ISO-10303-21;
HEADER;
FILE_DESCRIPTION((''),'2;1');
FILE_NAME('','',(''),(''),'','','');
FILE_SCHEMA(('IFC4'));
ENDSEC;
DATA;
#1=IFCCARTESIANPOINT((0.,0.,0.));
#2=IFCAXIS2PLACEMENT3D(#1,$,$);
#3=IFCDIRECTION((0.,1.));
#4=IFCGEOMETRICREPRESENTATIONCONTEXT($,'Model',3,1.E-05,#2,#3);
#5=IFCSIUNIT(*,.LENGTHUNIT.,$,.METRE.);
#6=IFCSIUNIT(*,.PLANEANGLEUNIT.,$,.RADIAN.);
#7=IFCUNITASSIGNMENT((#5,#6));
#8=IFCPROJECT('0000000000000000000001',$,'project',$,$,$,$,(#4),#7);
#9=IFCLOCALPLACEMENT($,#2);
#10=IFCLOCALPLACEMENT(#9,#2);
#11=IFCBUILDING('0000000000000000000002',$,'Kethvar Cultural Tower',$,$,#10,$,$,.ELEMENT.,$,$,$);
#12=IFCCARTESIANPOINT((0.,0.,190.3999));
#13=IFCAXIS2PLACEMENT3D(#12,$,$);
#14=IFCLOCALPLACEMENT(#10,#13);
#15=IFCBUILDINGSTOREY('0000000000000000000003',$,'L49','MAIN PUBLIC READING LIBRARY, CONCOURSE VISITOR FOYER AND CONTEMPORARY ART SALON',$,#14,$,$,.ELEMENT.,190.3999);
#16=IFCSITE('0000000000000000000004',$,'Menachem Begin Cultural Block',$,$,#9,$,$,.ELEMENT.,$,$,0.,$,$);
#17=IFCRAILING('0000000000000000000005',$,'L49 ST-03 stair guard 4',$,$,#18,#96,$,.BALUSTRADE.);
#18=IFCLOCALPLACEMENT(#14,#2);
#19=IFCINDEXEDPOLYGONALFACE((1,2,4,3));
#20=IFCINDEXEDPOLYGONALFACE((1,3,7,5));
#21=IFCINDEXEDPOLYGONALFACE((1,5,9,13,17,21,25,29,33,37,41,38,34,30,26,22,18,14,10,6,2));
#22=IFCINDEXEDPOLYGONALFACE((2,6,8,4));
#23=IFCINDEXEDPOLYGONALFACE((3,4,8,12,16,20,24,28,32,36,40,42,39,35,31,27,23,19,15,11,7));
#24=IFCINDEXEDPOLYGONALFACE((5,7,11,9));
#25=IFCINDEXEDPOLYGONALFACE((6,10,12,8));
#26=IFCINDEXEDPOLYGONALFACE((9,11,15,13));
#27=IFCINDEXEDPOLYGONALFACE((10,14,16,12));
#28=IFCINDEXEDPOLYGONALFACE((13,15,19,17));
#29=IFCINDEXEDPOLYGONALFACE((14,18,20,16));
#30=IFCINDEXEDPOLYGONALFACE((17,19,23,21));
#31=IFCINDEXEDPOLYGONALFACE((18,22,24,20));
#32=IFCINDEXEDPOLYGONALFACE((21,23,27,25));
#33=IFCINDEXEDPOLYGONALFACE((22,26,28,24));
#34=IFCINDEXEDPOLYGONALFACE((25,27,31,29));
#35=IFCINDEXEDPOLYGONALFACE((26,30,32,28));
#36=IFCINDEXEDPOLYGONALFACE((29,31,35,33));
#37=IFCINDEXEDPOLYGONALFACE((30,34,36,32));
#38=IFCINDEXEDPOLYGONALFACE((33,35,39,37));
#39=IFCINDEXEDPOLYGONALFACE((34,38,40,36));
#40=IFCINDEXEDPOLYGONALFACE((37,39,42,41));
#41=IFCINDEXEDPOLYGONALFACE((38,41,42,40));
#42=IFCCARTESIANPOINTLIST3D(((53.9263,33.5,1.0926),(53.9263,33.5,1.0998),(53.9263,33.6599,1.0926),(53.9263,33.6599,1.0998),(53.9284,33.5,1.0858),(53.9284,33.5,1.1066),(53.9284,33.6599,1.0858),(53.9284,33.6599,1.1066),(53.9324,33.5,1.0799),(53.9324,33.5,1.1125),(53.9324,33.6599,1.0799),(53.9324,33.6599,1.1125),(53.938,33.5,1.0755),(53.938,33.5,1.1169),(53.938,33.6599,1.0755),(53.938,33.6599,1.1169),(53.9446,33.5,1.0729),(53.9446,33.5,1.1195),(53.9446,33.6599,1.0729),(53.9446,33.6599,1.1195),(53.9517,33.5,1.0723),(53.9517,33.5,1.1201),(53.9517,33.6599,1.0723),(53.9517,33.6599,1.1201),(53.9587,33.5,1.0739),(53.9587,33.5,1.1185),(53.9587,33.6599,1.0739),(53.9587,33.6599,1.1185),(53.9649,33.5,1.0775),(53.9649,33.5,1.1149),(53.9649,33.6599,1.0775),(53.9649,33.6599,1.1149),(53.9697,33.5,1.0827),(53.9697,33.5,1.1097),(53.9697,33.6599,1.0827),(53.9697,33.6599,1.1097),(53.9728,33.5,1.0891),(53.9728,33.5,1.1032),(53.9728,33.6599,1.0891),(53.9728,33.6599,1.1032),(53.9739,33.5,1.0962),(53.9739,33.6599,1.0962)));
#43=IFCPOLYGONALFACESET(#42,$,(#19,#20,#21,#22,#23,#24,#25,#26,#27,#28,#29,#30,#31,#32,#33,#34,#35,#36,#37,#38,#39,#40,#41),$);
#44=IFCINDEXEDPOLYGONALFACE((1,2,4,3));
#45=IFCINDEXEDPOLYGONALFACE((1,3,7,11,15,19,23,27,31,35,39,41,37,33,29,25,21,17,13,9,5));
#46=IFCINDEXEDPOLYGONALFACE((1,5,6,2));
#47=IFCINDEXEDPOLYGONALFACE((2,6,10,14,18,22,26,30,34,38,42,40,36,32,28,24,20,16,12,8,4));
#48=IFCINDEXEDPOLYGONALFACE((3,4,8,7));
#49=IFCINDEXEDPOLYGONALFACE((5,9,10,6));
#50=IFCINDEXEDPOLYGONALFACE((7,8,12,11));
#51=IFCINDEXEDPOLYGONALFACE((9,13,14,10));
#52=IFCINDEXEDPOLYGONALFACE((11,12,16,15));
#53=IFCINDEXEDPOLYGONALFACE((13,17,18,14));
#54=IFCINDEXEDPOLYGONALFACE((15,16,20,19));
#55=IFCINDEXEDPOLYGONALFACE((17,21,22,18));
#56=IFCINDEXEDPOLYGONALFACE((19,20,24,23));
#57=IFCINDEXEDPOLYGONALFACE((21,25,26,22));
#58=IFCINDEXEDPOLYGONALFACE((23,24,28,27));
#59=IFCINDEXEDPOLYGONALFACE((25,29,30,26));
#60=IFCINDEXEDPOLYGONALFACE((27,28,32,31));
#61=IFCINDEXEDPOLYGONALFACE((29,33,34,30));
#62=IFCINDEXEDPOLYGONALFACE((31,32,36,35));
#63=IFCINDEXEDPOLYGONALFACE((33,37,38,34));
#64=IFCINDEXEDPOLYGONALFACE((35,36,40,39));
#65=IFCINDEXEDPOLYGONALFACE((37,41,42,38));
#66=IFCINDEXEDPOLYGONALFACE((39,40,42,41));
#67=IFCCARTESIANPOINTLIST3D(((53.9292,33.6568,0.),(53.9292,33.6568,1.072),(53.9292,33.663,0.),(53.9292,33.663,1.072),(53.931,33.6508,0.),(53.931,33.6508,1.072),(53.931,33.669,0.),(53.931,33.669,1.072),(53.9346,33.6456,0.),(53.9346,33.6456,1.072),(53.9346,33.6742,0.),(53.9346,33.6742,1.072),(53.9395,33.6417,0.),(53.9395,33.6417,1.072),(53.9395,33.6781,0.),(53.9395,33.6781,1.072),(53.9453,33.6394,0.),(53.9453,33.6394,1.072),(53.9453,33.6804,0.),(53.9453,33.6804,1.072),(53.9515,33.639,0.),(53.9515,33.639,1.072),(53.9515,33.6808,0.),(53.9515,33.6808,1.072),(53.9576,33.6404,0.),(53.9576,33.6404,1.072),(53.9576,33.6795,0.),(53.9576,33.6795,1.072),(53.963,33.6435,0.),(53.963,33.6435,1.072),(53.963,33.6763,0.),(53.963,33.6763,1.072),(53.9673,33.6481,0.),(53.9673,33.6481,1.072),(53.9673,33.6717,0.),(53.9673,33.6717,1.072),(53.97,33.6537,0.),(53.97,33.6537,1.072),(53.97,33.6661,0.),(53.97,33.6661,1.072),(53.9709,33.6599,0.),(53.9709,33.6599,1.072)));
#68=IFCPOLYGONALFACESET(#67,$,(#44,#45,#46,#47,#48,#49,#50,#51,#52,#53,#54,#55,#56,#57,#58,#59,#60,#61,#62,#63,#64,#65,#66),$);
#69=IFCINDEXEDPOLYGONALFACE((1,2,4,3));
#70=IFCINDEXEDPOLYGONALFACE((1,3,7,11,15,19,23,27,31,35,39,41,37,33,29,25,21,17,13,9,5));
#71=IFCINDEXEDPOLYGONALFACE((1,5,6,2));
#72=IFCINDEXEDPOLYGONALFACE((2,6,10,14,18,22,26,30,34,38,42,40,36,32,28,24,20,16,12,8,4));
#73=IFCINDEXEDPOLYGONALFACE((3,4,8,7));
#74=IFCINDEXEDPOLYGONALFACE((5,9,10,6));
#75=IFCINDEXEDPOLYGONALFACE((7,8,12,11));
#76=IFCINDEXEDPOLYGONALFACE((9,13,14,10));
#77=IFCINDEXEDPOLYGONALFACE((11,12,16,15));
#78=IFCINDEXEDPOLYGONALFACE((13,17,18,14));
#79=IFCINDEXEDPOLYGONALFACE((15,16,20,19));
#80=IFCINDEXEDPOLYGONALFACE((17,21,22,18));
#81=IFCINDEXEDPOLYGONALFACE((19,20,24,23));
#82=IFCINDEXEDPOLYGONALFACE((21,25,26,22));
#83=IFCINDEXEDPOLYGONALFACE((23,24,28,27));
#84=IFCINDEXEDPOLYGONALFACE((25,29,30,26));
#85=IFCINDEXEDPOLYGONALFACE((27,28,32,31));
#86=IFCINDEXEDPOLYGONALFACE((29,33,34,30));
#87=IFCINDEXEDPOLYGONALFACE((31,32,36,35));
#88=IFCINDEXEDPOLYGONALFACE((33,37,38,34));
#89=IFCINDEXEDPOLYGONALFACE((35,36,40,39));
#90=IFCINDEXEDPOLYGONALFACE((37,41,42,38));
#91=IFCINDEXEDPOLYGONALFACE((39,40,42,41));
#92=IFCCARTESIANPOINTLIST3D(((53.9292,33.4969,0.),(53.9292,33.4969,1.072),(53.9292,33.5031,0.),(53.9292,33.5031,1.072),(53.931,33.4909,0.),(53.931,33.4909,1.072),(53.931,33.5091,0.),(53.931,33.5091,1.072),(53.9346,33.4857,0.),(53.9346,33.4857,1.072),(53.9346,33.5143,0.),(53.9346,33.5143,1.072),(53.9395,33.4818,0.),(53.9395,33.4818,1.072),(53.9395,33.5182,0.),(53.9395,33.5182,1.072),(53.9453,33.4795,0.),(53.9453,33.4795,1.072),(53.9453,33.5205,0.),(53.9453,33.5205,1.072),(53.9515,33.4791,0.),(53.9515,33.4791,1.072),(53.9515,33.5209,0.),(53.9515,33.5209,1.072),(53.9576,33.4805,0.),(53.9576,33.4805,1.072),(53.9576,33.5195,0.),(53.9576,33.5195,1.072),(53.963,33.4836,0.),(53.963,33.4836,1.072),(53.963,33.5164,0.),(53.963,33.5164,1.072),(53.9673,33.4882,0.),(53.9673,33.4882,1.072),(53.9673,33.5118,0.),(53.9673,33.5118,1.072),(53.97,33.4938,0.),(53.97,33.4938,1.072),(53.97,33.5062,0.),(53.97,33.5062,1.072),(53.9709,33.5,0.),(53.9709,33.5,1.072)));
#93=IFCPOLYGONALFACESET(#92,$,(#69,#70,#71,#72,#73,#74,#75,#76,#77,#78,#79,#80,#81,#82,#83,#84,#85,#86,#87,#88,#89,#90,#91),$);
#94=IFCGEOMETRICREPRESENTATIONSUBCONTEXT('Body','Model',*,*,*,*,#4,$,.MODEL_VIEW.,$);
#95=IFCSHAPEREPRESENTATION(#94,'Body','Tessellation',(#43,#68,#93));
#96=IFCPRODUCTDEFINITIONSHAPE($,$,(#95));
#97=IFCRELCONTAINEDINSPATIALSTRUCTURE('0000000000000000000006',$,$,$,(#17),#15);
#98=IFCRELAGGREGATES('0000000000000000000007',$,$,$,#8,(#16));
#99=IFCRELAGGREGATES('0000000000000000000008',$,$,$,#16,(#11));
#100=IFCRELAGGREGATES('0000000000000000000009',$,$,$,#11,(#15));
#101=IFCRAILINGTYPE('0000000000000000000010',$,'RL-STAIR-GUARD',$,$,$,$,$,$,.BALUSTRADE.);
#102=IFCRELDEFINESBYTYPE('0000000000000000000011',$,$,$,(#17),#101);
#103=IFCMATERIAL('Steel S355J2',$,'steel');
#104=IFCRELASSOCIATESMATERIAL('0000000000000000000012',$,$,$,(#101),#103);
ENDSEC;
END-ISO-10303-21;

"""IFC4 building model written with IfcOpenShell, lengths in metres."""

from ifc_helpers import new_model, si_unit, direction, frame, origin, origin_2d, place, context, subcontext, project, spatial, circle, extrude, material, type_object, element, save


model = new_model("IFC4")

# Units and contexts
model_context = context("Model", 3, precision=1e-05, world=origin(), true_north=direction((0.0, 1.0)))
body_context = subcontext(model_context, "Body", "Model", "MODEL_VIEW")
ifc_project = project(units=[si_unit("LENGTHUNIT", "METRE"), si_unit("PLANEANGLEUNIT", "RADIAN")], contexts=[model_context])

# Site, building, storey
site_placement = place(None, origin())
site = spatial("IfcSite", under=ifc_project, at=site_placement, Name="Menachem Begin Cultural Block", CompositionType="ELEMENT", RefElevation=0.0)
building_placement = place(site_placement, origin())
building = spatial("IfcBuilding", under=site, at=building_placement, Name="Kethvar Cultural Tower", CompositionType="ELEMENT")
storey_placement = place(building_placement, frame((0.0, 0.0, 190.3999)))
storey = spatial("IfcBuildingStorey", under=building, at=storey_placement, Name="L49", Description="MAIN PUBLIC READING LIBRARY, CONCOURSE VISITOR FOYER AND CONTEMPORARY ART SALON", CompositionType="ELEMENT", Elevation=190.3999)

# Shared definitions
ifc_material_1 = material(Name="Steel S355J2", Category="steel")

# Railing
railing_type_1 = type_object("IfcRailingType", Name="RL-STAIR-GUARD", PredefinedType="BALUSTRADE", material=ifc_material_1)
railing_1_placement = place(storey_placement, frame((53.95, 33.6599, 0.0)))
element("IfcRailing", 1, at=railing_1_placement, inside=storey, type_object=railing_type_1, Name="L49 ST-03 stair guard 4", PredefinedType="BALUSTRADE", context=body_context, shape_type="SweptSolid", body=[
    extrude(circle(Radius=0.0239, at=origin_2d()), frame((0.0, 0.0, 1.0962), z_axis=(0.0, -1.0, 0.0), x_axis=(1.0, 0.0, 0.0)), (0.0, 0.0, 1.0), 0.1599),
    extrude(circle(Radius=0.021, at=origin_2d()), origin(), (0.0, 0.0, 1.0), 1.072),
    extrude(circle(Radius=0.021, at=origin_2d()), frame((0.0, -0.1599, 0.0)), (0.0, 0.0, 1.0), 1.072),
])

save(model, "model.ifc")
